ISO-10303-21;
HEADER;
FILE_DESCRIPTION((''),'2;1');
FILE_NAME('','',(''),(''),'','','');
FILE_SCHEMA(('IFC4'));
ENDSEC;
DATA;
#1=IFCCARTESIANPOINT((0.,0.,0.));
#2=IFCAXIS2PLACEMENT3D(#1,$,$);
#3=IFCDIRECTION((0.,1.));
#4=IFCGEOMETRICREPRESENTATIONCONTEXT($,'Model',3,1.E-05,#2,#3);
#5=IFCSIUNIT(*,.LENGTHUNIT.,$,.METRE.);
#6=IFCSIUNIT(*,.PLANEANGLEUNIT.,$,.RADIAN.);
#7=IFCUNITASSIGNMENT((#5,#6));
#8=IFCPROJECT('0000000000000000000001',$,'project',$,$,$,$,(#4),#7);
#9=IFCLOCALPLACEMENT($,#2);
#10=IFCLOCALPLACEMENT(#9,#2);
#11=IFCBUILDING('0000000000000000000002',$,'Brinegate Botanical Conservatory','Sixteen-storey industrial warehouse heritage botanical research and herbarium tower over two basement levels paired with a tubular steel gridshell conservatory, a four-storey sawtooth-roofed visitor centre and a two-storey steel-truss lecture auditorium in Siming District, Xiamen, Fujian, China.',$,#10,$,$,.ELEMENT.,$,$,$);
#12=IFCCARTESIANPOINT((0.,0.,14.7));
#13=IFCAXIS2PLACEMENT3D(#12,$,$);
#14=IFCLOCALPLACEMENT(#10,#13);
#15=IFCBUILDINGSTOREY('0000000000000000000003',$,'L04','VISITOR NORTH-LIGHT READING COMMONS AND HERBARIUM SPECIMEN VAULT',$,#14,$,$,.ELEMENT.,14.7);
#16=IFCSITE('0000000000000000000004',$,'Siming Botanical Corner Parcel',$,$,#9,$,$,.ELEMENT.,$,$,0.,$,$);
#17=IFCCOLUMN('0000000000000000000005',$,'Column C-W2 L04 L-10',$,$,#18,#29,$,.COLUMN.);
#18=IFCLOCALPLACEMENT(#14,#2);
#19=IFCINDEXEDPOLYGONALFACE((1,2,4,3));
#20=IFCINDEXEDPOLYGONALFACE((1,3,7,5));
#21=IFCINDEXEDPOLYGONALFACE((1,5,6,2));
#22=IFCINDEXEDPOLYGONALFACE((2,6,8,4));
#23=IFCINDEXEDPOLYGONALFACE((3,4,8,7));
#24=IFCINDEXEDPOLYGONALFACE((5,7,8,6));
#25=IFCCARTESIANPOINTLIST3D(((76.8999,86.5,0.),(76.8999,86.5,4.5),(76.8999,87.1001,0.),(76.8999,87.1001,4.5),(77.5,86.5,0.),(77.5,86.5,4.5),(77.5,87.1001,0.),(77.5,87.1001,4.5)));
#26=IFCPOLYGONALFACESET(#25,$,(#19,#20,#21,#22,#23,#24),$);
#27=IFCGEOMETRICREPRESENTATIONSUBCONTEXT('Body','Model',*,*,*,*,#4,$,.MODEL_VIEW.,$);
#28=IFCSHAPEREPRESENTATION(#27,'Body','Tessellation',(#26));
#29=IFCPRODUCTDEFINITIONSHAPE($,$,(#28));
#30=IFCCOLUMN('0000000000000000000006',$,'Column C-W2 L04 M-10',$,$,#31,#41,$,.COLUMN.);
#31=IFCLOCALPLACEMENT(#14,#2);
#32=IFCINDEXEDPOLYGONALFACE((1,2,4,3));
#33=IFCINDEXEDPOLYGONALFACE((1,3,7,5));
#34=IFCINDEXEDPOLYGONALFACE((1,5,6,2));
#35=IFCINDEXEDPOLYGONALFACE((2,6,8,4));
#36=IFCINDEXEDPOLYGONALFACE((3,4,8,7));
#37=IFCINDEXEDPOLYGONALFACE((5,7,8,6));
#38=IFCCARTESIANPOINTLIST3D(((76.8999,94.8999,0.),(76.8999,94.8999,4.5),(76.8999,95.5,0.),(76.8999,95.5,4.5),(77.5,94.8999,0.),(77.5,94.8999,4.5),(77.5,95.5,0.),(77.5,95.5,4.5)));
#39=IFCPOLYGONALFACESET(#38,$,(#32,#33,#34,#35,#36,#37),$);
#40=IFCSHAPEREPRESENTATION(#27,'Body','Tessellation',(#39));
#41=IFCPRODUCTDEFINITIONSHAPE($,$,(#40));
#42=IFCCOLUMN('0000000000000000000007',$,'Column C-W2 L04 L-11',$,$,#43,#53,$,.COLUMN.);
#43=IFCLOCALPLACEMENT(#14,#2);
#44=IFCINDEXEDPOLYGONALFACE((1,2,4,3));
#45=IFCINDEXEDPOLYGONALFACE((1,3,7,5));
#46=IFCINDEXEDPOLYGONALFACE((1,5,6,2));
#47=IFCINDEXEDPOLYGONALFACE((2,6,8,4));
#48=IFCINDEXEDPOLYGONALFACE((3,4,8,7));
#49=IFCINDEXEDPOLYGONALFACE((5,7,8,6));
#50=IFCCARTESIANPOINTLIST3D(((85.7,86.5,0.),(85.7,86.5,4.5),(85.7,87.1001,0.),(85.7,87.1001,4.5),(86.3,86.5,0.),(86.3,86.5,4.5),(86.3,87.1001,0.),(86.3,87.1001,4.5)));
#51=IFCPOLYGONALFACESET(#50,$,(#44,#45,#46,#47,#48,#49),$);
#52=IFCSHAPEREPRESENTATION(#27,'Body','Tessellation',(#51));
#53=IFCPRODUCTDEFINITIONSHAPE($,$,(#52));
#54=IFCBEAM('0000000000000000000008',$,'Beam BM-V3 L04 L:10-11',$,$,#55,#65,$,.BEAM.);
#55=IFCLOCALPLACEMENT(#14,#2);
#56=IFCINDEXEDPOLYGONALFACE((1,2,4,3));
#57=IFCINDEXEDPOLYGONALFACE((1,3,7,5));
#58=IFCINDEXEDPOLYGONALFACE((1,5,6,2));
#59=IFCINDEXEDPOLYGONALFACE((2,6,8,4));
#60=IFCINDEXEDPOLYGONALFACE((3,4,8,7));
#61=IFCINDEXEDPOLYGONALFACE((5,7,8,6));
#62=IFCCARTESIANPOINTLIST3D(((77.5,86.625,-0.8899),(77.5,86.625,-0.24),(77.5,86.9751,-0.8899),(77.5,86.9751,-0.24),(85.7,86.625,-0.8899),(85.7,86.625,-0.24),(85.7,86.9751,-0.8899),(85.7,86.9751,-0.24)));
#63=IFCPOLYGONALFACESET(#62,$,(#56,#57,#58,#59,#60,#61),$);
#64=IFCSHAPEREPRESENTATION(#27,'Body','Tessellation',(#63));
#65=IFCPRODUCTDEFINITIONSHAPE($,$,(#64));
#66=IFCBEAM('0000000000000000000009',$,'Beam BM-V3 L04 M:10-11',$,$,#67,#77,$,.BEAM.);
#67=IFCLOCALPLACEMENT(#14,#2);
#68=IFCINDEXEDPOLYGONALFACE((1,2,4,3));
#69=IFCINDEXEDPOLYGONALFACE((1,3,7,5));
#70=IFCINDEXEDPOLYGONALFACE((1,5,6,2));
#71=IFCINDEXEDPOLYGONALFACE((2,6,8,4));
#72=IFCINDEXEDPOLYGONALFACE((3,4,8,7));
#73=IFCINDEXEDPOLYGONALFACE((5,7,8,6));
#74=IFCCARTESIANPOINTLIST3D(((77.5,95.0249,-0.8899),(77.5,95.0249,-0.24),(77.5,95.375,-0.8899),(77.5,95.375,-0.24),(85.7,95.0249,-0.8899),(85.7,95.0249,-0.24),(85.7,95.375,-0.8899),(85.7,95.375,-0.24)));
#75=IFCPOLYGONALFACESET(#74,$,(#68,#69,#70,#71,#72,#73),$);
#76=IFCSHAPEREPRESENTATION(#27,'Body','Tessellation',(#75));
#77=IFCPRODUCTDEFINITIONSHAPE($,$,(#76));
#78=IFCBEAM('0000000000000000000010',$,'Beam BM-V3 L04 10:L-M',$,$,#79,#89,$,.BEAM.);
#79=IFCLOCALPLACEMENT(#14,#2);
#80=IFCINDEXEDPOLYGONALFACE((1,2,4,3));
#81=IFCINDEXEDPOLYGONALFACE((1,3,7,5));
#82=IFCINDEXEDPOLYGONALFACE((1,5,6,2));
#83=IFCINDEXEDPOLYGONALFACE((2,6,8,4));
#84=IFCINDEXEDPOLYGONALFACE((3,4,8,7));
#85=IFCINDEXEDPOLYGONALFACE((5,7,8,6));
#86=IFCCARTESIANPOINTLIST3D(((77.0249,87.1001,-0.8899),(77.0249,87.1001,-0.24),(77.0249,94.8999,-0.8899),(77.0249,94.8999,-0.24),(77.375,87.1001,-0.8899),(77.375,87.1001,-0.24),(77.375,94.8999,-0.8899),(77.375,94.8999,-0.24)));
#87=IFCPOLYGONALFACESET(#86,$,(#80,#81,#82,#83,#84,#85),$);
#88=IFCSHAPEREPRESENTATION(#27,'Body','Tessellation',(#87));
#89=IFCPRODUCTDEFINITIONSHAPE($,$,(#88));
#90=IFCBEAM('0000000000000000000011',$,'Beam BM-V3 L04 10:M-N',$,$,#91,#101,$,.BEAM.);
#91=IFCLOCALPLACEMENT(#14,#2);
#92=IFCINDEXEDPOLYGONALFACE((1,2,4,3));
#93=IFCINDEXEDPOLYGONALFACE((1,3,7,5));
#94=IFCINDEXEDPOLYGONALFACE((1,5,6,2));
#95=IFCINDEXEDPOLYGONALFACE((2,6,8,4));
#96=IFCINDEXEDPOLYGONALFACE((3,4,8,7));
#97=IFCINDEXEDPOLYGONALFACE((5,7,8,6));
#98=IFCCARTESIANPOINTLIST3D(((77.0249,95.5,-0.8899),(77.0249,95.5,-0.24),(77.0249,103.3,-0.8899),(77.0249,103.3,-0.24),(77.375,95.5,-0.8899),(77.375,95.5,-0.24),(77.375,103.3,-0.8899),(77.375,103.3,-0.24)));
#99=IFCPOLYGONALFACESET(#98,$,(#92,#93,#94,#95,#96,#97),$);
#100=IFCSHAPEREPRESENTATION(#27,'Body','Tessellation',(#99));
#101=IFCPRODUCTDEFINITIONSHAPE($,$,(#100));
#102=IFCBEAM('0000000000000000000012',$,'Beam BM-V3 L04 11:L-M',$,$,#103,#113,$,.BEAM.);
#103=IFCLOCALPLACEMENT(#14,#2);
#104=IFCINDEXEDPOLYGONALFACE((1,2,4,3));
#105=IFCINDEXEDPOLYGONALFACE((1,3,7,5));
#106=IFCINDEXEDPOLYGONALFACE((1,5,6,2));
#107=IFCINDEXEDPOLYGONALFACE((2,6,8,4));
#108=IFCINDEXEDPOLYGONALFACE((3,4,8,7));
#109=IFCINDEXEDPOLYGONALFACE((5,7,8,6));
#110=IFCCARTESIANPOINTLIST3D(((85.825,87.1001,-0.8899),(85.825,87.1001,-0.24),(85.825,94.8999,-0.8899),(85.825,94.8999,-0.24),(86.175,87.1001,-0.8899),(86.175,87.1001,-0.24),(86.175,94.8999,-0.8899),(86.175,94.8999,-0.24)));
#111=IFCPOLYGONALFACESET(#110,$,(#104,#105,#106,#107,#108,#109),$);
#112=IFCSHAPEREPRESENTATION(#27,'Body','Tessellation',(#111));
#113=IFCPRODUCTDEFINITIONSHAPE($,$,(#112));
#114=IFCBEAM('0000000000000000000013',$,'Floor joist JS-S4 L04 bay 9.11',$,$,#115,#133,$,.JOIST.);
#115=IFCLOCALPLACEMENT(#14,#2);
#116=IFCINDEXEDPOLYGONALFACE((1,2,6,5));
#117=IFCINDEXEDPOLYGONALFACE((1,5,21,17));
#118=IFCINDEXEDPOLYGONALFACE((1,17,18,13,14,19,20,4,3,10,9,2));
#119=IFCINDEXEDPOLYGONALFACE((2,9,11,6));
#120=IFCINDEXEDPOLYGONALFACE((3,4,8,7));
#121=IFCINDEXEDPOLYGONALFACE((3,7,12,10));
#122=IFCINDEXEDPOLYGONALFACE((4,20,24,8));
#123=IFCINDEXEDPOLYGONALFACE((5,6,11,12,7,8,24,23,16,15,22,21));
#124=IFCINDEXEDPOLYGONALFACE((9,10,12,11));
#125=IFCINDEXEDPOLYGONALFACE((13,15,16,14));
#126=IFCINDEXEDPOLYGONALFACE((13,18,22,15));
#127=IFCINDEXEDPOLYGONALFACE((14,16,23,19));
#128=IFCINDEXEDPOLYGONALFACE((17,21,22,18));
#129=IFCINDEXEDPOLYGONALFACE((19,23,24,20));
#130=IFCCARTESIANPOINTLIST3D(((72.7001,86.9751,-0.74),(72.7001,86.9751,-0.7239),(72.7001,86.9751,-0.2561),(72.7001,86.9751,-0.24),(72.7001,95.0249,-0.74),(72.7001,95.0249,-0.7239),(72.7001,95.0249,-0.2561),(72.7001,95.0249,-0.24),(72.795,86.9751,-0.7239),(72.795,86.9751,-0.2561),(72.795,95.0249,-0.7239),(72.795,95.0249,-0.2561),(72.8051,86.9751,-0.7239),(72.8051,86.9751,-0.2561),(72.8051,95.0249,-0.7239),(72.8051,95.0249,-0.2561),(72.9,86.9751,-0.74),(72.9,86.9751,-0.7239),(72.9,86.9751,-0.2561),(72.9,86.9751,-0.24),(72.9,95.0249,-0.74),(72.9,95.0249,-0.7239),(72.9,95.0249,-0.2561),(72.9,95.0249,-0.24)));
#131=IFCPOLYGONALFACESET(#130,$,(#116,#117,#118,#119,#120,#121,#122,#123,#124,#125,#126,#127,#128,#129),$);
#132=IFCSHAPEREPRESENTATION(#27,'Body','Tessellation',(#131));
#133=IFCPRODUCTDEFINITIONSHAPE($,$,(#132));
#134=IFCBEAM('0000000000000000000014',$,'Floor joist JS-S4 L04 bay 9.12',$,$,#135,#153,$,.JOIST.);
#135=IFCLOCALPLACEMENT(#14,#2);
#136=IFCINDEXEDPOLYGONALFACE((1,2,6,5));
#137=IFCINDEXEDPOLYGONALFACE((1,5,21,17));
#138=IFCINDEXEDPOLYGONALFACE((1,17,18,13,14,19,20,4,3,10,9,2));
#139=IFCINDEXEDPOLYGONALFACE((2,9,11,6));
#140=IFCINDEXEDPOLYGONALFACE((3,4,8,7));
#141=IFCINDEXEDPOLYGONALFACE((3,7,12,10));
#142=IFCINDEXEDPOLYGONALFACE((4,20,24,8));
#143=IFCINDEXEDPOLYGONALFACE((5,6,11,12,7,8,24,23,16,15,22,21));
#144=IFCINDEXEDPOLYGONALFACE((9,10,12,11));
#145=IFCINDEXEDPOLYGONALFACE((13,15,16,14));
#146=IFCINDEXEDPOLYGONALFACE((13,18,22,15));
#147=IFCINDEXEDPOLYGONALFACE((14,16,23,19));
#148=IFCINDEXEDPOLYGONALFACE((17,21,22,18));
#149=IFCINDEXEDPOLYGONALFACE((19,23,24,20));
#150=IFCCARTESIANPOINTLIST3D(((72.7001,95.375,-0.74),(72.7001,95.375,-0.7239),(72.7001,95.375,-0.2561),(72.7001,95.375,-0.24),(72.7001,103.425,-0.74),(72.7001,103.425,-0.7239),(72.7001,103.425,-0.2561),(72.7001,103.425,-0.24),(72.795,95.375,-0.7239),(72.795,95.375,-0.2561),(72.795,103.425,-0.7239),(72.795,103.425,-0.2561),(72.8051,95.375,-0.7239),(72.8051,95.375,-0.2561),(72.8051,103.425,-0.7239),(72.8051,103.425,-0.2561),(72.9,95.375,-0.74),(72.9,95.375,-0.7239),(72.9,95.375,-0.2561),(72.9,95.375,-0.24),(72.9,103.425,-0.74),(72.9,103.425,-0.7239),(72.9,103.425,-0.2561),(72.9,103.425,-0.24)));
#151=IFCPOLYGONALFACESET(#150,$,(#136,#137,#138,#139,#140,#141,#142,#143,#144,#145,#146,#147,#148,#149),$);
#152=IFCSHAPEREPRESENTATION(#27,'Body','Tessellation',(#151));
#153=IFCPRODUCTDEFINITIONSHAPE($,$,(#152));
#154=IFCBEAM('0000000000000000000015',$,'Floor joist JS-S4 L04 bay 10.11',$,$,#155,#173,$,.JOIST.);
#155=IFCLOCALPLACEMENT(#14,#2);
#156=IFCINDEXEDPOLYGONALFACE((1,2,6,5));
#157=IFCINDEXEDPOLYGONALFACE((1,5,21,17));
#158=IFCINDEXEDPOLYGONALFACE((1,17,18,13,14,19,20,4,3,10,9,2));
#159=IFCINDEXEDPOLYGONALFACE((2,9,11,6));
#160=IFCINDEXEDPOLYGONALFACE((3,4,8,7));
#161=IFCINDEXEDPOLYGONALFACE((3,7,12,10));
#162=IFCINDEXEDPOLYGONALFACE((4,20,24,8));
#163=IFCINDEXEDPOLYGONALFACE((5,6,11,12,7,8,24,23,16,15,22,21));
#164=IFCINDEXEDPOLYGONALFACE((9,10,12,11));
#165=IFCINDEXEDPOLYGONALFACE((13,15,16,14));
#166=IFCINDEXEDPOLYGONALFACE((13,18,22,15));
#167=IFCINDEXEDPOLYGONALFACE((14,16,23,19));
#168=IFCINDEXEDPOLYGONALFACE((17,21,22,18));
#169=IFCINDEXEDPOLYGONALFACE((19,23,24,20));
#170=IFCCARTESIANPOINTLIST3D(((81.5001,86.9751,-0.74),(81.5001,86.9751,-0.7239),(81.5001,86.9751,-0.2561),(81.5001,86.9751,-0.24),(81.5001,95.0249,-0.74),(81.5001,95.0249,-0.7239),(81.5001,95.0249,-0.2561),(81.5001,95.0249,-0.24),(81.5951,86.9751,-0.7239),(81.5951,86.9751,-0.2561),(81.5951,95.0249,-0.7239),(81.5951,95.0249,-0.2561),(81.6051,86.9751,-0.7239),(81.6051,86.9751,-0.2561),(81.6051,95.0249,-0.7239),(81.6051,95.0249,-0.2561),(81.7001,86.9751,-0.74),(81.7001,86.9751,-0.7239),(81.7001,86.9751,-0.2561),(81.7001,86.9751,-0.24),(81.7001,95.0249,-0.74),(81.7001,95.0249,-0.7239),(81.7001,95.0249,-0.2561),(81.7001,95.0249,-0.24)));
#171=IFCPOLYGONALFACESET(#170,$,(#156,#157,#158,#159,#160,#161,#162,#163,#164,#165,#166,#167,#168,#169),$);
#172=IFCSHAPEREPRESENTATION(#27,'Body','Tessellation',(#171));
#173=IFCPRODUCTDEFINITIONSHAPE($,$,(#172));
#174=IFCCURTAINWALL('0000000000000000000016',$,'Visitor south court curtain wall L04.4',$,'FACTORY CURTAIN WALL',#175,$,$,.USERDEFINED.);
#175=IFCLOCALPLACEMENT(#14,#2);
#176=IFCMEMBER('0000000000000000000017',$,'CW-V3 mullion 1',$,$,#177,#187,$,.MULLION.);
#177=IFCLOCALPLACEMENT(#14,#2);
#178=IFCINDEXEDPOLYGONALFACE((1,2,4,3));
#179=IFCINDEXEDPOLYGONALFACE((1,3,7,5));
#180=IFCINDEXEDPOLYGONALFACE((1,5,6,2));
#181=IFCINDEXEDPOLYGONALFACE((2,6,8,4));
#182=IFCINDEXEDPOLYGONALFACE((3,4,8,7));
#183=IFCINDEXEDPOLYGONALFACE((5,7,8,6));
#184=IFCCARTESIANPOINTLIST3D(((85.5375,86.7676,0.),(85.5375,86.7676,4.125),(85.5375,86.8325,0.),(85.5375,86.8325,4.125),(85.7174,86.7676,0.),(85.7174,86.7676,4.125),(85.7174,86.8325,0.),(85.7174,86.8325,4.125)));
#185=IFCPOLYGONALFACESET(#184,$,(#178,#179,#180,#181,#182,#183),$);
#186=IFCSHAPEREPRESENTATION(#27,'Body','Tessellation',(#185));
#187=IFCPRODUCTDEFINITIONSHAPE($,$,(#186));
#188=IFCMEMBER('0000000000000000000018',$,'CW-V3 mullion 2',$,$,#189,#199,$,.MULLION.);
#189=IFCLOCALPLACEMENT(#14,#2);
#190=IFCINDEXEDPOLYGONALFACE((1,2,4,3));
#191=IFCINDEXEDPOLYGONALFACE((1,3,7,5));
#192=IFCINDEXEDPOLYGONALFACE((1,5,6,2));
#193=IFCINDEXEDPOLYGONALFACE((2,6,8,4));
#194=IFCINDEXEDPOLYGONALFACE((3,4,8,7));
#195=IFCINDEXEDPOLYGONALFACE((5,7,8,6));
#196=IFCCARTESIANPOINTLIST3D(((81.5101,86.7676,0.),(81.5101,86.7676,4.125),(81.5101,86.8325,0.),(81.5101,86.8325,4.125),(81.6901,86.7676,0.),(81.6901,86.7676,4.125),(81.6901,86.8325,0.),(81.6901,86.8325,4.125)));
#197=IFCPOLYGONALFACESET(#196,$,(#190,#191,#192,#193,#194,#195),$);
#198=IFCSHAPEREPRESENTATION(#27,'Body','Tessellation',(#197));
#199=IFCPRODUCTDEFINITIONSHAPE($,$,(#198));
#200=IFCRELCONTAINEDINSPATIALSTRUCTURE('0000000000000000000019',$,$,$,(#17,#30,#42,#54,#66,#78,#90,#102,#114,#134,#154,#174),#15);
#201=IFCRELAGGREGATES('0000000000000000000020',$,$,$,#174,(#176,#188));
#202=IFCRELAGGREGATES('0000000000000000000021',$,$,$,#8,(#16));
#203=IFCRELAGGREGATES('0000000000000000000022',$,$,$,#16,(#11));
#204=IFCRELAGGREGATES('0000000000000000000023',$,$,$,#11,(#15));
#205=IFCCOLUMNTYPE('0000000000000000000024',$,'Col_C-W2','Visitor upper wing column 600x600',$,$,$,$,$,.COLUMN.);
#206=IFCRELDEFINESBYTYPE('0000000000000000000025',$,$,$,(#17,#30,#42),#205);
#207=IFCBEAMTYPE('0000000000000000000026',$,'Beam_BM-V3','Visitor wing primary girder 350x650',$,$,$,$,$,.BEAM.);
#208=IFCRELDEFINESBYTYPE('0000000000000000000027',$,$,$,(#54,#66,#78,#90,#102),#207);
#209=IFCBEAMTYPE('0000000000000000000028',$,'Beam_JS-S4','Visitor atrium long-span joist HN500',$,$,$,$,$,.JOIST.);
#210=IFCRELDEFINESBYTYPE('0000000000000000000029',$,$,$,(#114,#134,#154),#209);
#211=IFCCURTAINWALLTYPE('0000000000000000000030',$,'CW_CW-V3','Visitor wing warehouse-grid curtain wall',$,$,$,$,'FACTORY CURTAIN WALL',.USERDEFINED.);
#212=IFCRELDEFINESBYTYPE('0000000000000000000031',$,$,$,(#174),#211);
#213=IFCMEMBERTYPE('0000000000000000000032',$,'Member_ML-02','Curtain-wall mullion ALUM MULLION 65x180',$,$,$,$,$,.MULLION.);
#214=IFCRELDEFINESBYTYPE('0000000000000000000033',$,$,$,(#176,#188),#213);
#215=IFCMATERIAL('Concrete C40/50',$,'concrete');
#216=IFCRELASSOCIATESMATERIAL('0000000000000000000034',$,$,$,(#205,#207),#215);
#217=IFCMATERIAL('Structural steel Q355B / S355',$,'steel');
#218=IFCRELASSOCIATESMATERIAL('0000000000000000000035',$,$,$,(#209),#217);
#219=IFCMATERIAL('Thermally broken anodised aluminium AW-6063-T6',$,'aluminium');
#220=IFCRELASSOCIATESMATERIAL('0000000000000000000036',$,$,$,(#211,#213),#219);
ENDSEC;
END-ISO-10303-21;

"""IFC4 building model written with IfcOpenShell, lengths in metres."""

from ifc_helpers import new_model, si_unit, direction, frame, origin, origin_2d, place, context, subcontext, project, spatial, rectangle, i_section, extrude, material, material_profile, profile_set, type_object, element, aggregate, save


model = new_model("IFC4")

# Units and contexts
model_context = context("Model", 3, precision=1e-05, world=origin(), true_north=direction((0.0, 1.0)))
body_context = subcontext(model_context, "Body", "Model", "MODEL_VIEW")
ifc_project = project(units=[si_unit("LENGTHUNIT", "METRE"), si_unit("PLANEANGLEUNIT", "RADIAN")], contexts=[model_context])

# Site, building, storey
site_placement = place(None, origin())
site = spatial("IfcSite", under=ifc_project, at=site_placement, Name="Siming Botanical Corner Parcel", CompositionType="ELEMENT", RefElevation=0.0)
building_placement = place(site_placement, origin())
building = spatial("IfcBuilding", under=site, at=building_placement, Name="Brinegate Botanical Conservatory", Description="Sixteen-storey industrial warehouse heritage botanical research and herbarium tower over two basement levels paired with a tubular steel gridshell conservatory, a four-storey sawtooth-roofed visitor centre and a two-storey steel-truss lecture auditorium in Siming District, Xiamen, Fujian, China.", CompositionType="ELEMENT")
storey_placement = place(building_placement, frame((0.0, 0.0, 14.7)))
storey = spatial("IfcBuildingStorey", under=building, at=storey_placement, Name="L04", Description="VISITOR NORTH-LIGHT READING COMMONS AND HERBARIUM SPECIMEN VAULT", CompositionType="ELEMENT", Elevation=14.7)

# Columns
ifc_material_1 = material(Name="Concrete C40/50", Category="concrete")
ifc_material_profile_1 = material_profile(ifc_material_1, rectangle(XDim=0.6001, YDim=0.6001, at=origin_2d()), Name="RC COL 600x600")
ifc_profile_set_1 = profile_set([ifc_material_profile_1], Name="Concrete C40/50")
column_type = type_object("IfcColumnType", Name="Col_C-W2", Description="Visitor upper wing column 600x600", PredefinedType="COLUMN", material=ifc_profile_set_1)
for number, where, z_axis, x_axis, name in (
    (1, (77.2, 86.8, 0.0), (0.0, 0.0, 1.0), (1.0, 0.0, 0.0), "Column C-W2 L04 L-10"),
    (2, (77.2, 95.2, 0.0), (0.0, 0.0, 1.0), (1.0, 0.0, 0.0), "Column C-W2 L04 M-10"),
    (3, (86.0, 86.8, 0.0), (0.0, 0.0, 1.0), (1.0, 0.0, 0.0), "Column C-W2 L04 L-11"),
):
    element("IfcColumn", number, at=place(storey_placement, frame(where, z_axis=z_axis, x_axis=x_axis)), inside=storey, type_object=column_type, Name=name, PredefinedType="COLUMN", context=body_context, shape_type="SweptSolid", body=[
        extrude(rectangle(XDim=0.6001, YDim=0.6001, at=origin_2d()), origin(), (0.0, 0.0, 1.0), 4.5),
    ])

# Beams
ifc_material_profile_2 = material_profile(ifc_material_1, rectangle(XDim=0.3501, YDim=0.6499, at=origin_2d()), Name="RC BM 350x650")
ifc_profile_set_2 = profile_set([ifc_material_profile_2], Name="Concrete C40/50")
beam_type_1 = type_object("IfcBeamType", Name="Beam_BM-V3", Description="Visitor wing primary girder 350x650", PredefinedType="BEAM", material=ifc_profile_set_2)
for number, where, z_axis, x_axis, name in (
    (4, (77.5, 86.8, -0.5649), (1.0, 0.0, 0.0), (0.0, 1.0, 0.0), "Beam BM-V3 L04 L:10-11"),
    (5, (77.5, 95.2, -0.5649), (1.0, 0.0, 0.0), (0.0, 1.0, 0.0), "Beam BM-V3 L04 M:10-11"),
):
    element("IfcBeam", number, at=place(storey_placement, frame(where, z_axis=z_axis, x_axis=x_axis)), inside=storey, type_object=beam_type_1, Name=name, PredefinedType="BEAM", context=body_context, shape_type="SweptSolid", body=[
        extrude(rectangle(XDim=0.3501, YDim=0.6499, at=origin_2d()), origin(), (0.0, 0.0, 1.0), 8.2),
    ])
beam_1_placement = place(storey_placement, frame((77.2, 87.1001, -0.5649), z_axis=(0.0, 1.0, 0.0), x_axis=(-1.0, 0.0, 0.0)))
element("IfcBeam", 6, at=beam_1_placement, inside=storey, type_object=beam_type_1, Name="Beam BM-V3 L04 10:L-M", PredefinedType="BEAM", context=body_context, shape_type="SweptSolid", body=[
    extrude(rectangle(XDim=0.3501, YDim=0.6499, at=origin_2d()), origin(), (0.0, 0.0, 1.0), 7.7998),
])
beam_2_placement = place(storey_placement, frame((77.2, 95.5, -0.5649), z_axis=(0.0, 1.0, 0.0), x_axis=(-1.0, 0.0, 0.0)))
element("IfcBeam", 7, at=beam_2_placement, inside=storey, type_object=beam_type_1, Name="Beam BM-V3 L04 10:M-N", PredefinedType="BEAM", context=body_context, shape_type="SweptSolid", body=[
    extrude(rectangle(XDim=0.3501, YDim=0.6499, at=origin_2d()), origin(), (0.0, 0.0, 1.0), 7.8),
])
beam_3_placement = place(storey_placement, frame((86.0, 87.1001, -0.5649), z_axis=(0.0, 1.0, 0.0), x_axis=(-1.0, 0.0, 0.0)))
element("IfcBeam", 8, at=beam_3_placement, inside=storey, type_object=beam_type_1, Name="Beam BM-V3 L04 11:L-M", PredefinedType="BEAM", context=body_context, shape_type="SweptSolid", body=[
    extrude(rectangle(XDim=0.3501, YDim=0.6499, at=origin_2d()), origin(), (0.0, 0.0, 1.0), 7.7998),
])
ifc_material_2 = material(Name="Structural steel Q355B / S355", Category="steel")
ifc_material_profile_3 = material_profile(ifc_material_2, i_section(OverallWidth=0.2, OverallDepth=0.5, WebThickness=0.01, FlangeThickness=0.0161, at=origin_2d()), Name="HN 500x200x10x16")
ifc_profile_set_3 = profile_set([ifc_material_profile_3], Name="Structural steel Q355B / S355")
beam_type_2 = type_object("IfcBeamType", Name="Beam_JS-S4", Description="Visitor atrium long-span joist HN500", PredefinedType="JOIST", material=ifc_profile_set_3)
beam_4_placement = place(storey_placement, frame((72.8, 86.9751, -0.49), z_axis=(0.0, 1.0, 0.0), x_axis=(-1.0, 0.0, 0.0)))
element("IfcBeam", 9, at=beam_4_placement, inside=storey, type_object=beam_type_2, Name="Floor joist JS-S4 L04 bay 9.11", PredefinedType="JOIST", context=body_context, shape_type="SweptSolid", body=[
    extrude(i_section(OverallWidth=0.2, OverallDepth=0.5, WebThickness=0.01, FlangeThickness=0.0161, at=origin_2d()), origin(), (0.0, 0.0, 1.0), 8.0498),
])
beam_5_placement = place(storey_placement, frame((72.8, 95.375, -0.49), z_axis=(0.0, 1.0, 0.0), x_axis=(-1.0, 0.0, 0.0)))
element("IfcBeam", 10, at=beam_5_placement, inside=storey, type_object=beam_type_2, Name="Floor joist JS-S4 L04 bay 9.12", PredefinedType="JOIST", context=body_context, shape_type="SweptSolid", body=[
    extrude(i_section(OverallWidth=0.2, OverallDepth=0.5, WebThickness=0.01, FlangeThickness=0.0161, at=origin_2d()), origin(), (0.0, 0.0, 1.0), 8.05),
])
beam_6_placement = place(storey_placement, frame((81.6001, 86.9751, -0.49), z_axis=(0.0, 1.0, 0.0), x_axis=(-1.0, 0.0, 0.0)))
element("IfcBeam", 11, at=beam_6_placement, inside=storey, type_object=beam_type_2, Name="Floor joist JS-S4 L04 bay 10.11", PredefinedType="JOIST", context=body_context, shape_type="SweptSolid", body=[
    extrude(i_section(OverallWidth=0.2, OverallDepth=0.5, WebThickness=0.01, FlangeThickness=0.0161, at=origin_2d()), origin(), (0.0, 0.0, 1.0), 8.0498),
])

# Curtain wall, members
ifc_material_3 = material(Name="Thermally broken anodised aluminium AW-6063-T6", Category="aluminium")
curtain_wall_type = type_object("IfcCurtainWallType", Name="CW_CW-V3", Description="Visitor wing warehouse-grid curtain wall", ElementType="FACTORY CURTAIN WALL", PredefinedType="USERDEFINED", material=ifc_material_3)
curtain_wall_placement = place(storey_placement, origin())
curtain_wall = element("IfcCurtainWall", 12, at=curtain_wall_placement, inside=storey, type_object=curtain_wall_type, Name="Visitor south court curtain wall L04.4", ObjectType="FACTORY CURTAIN WALL", PredefinedType="USERDEFINED")
ifc_material_profile_4 = material_profile(ifc_material_3, rectangle(XDim=0.0649, YDim=0.1799, at=origin_2d()), Name="ALUM MULLION 65x180")
ifc_profile_set_4 = profile_set([ifc_material_profile_4], Name="Thermally broken anodised aluminium AW-6063-T6")
member_type_1 = type_object("IfcMemberType", Name="Member_ML-02", Description="Curtain-wall mullion ALUM MULLION 65x180", PredefinedType="MULLION", material=ifc_profile_set_4)
member_1_placement = place(storey_placement, frame((85.6274, 86.8, 0.0), z_axis=(0.0, 0.0, 1.0), x_axis=(0.0, -1.0, 0.0)))
member_1 = element("IfcMember", 13, at=member_1_placement, type_object=member_type_1, Name="CW-V3 mullion 1", PredefinedType="MULLION", context=body_context, shape_type="SweptSolid", body=[
    extrude(rectangle(XDim=0.0649, YDim=0.1799, at=origin_2d()), origin(), (0.0, 0.0, 1.0), 4.125),
])
member_2_placement = place(storey_placement, frame((81.6001, 86.8, 0.0), z_axis=(0.0, 0.0, 1.0), x_axis=(0.0, -1.0, 0.0)))
member_2 = element("IfcMember", 14, at=member_2_placement, type_object=member_type_1, Name="CW-V3 mullion 2", PredefinedType="MULLION", context=body_context, shape_type="SweptSolid", body=[
    extrude(rectangle(XDim=0.0649, YDim=0.1799, at=origin_2d()), origin(), (0.0, 0.0, 1.0), 4.125),
])
aggregate(curtain_wall, [member_1, member_2])

save(model, "model.ifc")
